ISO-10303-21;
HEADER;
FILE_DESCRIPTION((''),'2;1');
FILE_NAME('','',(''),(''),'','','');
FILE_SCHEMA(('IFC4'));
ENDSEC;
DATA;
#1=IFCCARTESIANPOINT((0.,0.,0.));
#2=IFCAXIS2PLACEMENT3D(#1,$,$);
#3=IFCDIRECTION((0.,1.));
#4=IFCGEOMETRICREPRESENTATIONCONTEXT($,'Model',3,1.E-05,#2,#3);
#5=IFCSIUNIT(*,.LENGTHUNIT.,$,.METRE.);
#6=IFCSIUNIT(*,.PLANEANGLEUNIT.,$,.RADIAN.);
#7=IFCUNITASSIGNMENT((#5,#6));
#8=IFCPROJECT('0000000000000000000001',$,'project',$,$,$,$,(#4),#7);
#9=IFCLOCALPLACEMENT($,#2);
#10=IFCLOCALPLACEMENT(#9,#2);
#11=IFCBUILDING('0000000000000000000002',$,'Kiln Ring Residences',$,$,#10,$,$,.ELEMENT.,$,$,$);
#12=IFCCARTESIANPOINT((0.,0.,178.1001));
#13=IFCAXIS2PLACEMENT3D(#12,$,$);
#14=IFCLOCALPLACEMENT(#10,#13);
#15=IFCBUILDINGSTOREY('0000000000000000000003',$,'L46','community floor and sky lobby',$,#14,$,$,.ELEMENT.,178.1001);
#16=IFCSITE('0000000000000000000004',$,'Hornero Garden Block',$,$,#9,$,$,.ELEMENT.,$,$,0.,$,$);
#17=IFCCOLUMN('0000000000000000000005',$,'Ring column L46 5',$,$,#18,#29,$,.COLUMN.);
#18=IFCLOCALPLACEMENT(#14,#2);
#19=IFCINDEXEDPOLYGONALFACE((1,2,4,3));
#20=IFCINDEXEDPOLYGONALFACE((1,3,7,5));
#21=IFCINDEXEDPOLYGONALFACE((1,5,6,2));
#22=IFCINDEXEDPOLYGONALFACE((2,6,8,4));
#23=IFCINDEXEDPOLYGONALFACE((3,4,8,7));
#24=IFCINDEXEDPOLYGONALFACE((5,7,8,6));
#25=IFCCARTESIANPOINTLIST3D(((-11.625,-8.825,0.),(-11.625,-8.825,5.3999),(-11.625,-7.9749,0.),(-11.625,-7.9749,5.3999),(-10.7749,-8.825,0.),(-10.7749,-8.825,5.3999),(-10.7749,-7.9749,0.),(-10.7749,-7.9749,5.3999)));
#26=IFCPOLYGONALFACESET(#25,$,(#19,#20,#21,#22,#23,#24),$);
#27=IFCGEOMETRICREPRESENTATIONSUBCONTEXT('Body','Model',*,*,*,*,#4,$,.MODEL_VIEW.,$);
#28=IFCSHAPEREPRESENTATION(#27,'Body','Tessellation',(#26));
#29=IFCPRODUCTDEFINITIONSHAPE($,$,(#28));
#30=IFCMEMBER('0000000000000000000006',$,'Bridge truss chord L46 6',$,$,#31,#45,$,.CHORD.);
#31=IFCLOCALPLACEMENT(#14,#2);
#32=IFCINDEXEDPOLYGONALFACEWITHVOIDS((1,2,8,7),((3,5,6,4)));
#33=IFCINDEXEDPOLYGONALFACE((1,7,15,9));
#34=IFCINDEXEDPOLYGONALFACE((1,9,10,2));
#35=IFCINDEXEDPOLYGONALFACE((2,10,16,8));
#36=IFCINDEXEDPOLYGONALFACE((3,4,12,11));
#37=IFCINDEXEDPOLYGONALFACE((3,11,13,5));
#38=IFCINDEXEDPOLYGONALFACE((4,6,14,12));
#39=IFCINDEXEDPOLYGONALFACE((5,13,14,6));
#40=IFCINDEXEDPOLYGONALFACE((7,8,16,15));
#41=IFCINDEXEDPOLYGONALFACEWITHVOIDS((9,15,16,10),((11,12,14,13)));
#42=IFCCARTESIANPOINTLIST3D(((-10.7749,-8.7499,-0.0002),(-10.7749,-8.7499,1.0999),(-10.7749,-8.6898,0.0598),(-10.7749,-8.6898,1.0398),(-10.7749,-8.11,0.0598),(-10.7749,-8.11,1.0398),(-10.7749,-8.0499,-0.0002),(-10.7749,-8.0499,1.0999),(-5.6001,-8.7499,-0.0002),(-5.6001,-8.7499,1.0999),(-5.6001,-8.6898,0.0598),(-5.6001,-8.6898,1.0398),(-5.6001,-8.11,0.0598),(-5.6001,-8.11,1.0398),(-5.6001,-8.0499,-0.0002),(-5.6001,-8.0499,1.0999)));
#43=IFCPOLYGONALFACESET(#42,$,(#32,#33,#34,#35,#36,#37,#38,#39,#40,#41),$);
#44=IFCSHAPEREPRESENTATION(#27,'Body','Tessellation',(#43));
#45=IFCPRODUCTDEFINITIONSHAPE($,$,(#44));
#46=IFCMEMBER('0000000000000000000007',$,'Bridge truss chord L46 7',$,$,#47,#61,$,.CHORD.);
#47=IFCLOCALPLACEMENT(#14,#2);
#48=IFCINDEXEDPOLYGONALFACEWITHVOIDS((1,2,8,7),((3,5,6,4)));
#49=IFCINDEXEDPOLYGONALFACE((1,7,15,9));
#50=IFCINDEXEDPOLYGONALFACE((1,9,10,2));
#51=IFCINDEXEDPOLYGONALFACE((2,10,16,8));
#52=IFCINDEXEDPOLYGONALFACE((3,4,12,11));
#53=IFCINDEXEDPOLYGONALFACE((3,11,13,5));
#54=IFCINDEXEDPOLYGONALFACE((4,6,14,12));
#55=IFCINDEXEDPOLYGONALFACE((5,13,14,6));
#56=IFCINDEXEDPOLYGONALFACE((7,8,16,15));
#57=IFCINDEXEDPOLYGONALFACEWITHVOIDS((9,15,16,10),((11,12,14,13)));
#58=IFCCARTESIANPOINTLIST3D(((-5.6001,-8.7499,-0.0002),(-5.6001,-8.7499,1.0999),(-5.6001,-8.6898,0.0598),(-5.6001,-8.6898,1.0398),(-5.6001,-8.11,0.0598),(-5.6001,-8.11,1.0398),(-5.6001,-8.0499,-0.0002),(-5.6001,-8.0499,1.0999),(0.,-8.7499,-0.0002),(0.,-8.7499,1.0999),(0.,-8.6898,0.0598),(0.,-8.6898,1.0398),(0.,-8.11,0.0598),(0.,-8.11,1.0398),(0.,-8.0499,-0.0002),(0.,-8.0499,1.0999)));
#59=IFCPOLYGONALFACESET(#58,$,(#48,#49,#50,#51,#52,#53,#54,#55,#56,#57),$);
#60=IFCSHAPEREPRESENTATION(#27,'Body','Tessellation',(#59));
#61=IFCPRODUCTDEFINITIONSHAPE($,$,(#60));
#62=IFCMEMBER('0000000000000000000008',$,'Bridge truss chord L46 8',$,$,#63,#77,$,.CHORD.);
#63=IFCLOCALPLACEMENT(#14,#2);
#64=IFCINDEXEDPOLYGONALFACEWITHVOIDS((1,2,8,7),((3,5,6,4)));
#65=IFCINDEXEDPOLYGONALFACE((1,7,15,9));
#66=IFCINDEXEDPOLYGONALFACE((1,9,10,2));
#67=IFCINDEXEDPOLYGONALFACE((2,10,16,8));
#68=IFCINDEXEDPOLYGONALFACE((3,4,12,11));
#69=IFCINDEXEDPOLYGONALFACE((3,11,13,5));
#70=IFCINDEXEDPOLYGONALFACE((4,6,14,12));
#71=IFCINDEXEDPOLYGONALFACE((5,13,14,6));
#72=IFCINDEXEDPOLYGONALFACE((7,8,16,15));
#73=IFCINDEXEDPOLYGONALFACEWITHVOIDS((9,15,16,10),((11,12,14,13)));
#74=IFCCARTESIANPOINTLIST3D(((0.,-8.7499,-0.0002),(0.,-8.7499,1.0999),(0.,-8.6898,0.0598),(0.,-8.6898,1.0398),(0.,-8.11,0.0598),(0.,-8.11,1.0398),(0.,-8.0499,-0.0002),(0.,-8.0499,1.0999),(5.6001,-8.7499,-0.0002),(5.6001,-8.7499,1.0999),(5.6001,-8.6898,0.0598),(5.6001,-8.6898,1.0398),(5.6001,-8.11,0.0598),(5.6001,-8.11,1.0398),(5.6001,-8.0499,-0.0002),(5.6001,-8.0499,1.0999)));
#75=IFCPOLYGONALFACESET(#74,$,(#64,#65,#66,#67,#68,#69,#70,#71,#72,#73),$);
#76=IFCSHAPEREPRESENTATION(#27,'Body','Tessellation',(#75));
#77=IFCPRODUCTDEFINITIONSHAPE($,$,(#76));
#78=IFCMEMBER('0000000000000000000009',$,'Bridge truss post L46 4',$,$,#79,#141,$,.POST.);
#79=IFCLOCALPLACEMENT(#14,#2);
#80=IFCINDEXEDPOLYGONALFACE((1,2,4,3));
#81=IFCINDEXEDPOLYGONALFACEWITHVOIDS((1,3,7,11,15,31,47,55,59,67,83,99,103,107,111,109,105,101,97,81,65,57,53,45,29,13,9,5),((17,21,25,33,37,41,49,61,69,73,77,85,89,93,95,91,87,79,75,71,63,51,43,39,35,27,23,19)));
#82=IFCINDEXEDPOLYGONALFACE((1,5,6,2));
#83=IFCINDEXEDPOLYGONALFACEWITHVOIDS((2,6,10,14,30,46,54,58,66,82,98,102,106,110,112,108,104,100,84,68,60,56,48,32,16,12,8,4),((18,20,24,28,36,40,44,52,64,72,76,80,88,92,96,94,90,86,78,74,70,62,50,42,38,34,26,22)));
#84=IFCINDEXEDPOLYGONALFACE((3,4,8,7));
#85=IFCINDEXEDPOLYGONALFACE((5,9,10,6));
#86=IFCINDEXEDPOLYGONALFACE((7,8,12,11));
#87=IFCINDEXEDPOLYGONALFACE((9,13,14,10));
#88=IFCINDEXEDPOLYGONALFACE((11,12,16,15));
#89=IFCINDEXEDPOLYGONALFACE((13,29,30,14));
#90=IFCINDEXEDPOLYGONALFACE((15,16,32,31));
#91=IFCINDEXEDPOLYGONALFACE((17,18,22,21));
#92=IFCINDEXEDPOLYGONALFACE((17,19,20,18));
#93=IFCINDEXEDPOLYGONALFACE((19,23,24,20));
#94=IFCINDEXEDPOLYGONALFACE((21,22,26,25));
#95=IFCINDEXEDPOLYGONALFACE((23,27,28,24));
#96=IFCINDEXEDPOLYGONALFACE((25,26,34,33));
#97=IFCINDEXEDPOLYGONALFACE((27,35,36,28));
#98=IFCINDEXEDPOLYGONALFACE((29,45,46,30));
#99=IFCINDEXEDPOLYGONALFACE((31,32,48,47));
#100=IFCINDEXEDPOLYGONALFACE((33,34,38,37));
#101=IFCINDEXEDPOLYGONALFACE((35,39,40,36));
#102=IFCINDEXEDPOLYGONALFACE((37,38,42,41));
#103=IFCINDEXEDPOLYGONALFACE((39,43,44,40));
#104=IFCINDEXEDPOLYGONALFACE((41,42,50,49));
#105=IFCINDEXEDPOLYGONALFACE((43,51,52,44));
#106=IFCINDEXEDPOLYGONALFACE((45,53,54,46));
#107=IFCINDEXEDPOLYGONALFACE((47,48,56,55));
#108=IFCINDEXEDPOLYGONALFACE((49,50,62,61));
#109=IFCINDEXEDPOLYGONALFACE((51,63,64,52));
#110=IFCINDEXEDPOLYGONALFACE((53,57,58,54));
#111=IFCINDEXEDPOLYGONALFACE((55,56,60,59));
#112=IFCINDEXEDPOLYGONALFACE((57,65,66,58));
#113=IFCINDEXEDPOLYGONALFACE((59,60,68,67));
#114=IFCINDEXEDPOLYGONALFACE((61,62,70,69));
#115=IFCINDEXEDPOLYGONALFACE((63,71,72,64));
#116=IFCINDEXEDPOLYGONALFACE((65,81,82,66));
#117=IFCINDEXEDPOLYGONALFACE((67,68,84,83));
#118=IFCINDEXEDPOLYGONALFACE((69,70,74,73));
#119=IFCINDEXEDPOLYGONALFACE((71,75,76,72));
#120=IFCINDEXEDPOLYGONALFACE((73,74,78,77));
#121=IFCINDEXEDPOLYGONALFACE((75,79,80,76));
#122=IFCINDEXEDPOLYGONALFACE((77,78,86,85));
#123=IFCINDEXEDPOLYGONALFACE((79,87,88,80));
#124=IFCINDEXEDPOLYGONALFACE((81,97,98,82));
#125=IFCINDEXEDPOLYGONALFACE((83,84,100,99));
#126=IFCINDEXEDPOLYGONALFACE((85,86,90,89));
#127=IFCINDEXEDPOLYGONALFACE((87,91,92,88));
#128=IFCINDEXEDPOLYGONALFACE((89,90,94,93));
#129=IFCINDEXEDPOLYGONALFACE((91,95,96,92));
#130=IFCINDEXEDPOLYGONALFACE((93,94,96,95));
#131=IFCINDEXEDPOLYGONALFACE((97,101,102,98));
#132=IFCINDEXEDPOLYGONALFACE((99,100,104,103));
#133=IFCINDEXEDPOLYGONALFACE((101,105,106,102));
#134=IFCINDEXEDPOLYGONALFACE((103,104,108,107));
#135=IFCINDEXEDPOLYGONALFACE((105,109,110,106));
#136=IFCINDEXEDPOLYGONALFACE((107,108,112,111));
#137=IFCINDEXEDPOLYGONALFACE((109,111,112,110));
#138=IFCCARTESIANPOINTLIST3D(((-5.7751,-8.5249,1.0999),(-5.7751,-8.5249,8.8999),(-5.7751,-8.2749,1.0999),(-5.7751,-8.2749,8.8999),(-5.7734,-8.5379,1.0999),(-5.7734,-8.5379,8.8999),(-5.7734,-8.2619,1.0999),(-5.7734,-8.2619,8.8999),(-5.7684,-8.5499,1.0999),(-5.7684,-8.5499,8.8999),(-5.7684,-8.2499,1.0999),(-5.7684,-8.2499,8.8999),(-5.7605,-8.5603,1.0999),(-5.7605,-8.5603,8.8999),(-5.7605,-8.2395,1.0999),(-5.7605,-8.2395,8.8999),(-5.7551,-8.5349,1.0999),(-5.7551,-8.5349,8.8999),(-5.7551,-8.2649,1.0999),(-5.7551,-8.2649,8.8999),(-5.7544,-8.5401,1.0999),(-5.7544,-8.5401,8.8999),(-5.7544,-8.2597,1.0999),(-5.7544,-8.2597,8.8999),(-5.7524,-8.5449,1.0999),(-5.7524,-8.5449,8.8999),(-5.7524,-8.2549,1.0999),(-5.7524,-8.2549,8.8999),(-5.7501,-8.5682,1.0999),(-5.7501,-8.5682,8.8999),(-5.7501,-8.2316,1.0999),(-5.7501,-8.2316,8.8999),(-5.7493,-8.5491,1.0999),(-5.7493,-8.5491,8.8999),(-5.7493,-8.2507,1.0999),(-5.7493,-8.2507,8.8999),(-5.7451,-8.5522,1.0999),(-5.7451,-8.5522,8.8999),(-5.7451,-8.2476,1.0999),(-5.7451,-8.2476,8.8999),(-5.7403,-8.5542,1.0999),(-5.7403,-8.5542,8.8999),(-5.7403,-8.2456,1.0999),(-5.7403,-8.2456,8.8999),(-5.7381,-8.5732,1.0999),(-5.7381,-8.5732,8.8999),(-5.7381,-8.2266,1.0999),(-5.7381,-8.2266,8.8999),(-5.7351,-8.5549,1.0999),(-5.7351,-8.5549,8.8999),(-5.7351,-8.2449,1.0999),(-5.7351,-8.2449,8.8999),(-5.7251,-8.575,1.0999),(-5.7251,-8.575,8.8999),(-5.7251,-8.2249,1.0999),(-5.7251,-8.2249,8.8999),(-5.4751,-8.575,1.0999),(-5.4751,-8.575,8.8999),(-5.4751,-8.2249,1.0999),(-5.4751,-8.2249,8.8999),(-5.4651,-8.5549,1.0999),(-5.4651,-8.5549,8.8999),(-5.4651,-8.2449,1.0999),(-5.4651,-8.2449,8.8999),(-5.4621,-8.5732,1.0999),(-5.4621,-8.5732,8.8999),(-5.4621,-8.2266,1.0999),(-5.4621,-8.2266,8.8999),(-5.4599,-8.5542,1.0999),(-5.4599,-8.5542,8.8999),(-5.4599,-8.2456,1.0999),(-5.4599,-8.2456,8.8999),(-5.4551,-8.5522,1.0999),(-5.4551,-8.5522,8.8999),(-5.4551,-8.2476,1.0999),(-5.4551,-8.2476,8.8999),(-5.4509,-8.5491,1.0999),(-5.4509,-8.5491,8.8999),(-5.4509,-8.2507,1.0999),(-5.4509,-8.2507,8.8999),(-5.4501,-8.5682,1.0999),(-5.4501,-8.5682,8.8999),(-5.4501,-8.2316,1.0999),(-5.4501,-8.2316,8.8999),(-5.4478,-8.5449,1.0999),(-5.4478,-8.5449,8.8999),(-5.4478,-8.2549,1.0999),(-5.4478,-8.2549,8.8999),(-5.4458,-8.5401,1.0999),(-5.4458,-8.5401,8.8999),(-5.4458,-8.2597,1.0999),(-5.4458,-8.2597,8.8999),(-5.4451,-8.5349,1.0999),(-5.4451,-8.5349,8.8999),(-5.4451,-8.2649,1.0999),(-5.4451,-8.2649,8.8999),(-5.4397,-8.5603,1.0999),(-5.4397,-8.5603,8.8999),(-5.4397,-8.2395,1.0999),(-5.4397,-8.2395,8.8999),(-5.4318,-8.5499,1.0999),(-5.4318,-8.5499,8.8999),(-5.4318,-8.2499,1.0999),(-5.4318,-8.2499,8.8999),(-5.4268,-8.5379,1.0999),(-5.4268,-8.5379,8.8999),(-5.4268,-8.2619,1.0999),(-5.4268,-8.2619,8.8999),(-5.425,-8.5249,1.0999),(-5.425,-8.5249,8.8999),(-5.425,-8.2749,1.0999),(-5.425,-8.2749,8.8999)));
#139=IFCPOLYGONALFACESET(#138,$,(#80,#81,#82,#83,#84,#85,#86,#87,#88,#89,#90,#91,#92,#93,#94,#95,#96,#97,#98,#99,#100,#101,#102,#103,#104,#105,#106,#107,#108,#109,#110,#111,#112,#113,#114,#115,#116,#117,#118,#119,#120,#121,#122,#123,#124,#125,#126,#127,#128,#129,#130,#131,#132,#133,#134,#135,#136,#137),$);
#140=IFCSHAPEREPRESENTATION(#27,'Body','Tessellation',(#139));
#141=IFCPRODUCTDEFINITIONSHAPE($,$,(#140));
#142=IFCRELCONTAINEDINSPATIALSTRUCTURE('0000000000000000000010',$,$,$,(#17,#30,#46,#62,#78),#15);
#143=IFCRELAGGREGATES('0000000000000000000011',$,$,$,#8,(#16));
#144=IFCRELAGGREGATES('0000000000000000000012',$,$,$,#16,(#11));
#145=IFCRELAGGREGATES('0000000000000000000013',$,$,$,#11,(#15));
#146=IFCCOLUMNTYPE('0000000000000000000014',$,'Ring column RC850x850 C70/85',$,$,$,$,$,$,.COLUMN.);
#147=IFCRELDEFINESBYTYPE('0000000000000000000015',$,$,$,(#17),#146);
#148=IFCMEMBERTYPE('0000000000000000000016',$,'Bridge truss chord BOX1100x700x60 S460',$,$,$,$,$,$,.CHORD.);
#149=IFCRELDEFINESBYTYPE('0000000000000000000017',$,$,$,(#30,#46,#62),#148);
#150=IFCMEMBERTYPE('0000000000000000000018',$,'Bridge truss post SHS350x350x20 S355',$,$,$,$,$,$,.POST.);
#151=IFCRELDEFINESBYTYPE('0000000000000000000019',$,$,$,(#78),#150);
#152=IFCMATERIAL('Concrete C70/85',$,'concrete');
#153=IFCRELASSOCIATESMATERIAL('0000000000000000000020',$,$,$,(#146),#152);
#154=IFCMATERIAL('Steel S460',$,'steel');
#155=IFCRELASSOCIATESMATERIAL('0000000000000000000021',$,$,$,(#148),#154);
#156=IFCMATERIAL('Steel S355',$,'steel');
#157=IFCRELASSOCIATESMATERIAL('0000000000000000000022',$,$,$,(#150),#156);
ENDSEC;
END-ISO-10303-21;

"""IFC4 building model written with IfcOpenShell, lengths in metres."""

from ifc_helpers import new_model, si_unit, direction, frame, origin, origin_2d, place, context, subcontext, project, spatial, rectangle, hollow_rectangle, extrude, material, material_profile, profile_set, type_object, element, save


model = new_model("IFC4")

# Units and contexts
model_context = context("Model", 3, precision=1e-05, world=origin(), true_north=direction((0.0, 1.0)))
body_context = subcontext(model_context, "Body", "Model", "MODEL_VIEW")
ifc_project = project(units=[si_unit("LENGTHUNIT", "METRE"), si_unit("PLANEANGLEUNIT", "RADIAN")], contexts=[model_context])

# Site, building, storey
site_placement = place(None, origin())
site = spatial("IfcSite", under=ifc_project, at=site_placement, Name="Hornero Garden Block", CompositionType="ELEMENT", RefElevation=0.0)
building_placement = place(site_placement, origin())
building = spatial("IfcBuilding", under=site, at=building_placement, Name="Kiln Ring Residences", CompositionType="ELEMENT")
storey_placement = place(building_placement, frame((0.0, 0.0, 178.1001)))
storey = spatial("IfcBuildingStorey", under=building, at=storey_placement, Name="L46", Description="community floor and sky lobby", CompositionType="ELEMENT", Elevation=178.1001)

# Column
ifc_material_1 = material(Name="Concrete C70/85", Category="concrete")
ifc_material_profile_1 = material_profile(ifc_material_1, rectangle(XDim=0.8501, YDim=0.8501, at=origin_2d()), Name="RC850x850")
ifc_profile_set_1 = profile_set([ifc_material_profile_1], Name="Concrete C70/85")
column_type = type_object("IfcColumnType", Name="Ring column RC850x850 C70/85", PredefinedType="COLUMN", material=ifc_profile_set_1)
column_placement = place(storey_placement, frame((-11.2, -8.3999, 0.0), z_axis=(0.0, 0.0, 1.0), x_axis=(1.0, 0.0, 0.0)))
element("IfcColumn", 1, at=column_placement, inside=storey, type_object=column_type, Name="Ring column L46 5", PredefinedType="COLUMN", context=body_context, shape_type="SweptSolid", body=[
    extrude(rectangle(XDim=0.8501, YDim=0.8501, at=origin_2d()), origin(), (0.0, 0.0, 1.0), 5.3999),
])

# Members
ifc_material_2 = material(Name="Steel S460", Category="steel")
ifc_material_profile_2 = material_profile(ifc_material_2, hollow_rectangle(XDim=0.7, YDim=1.1001, WallThickness=0.0601, at=origin_2d()), Name="BOX1100x700x60")
ifc_profile_set_2 = profile_set([ifc_material_profile_2], Name="Steel S460")
member_type_1 = type_object("IfcMemberType", Name="Bridge truss chord BOX1100x700x60 S460", PredefinedType="CHORD", material=ifc_profile_set_2)
member_1_placement = place(storey_placement, frame((-10.7749, -8.3999, 0.5498), z_axis=(1.0, 0.0, 0.0), x_axis=(0.0, 1.0, 0.0)))
element("IfcMember", 2, at=member_1_placement, inside=storey, type_object=member_type_1, Name="Bridge truss chord L46 6", PredefinedType="CHORD", context=body_context, shape_type="SweptSolid", body=[
    extrude(hollow_rectangle(XDim=0.7, YDim=1.1001, WallThickness=0.0601, at=origin_2d()), origin(), (0.0, 0.0, 1.0), 5.1748),
])
for number, where, z_axis, x_axis, name in (
    (3, (-5.6001, -8.3999, 0.5498), (1.0, 0.0, 0.0), (0.0, 1.0, 0.0), "Bridge truss chord L46 7"),
    (4, (0.0, -8.3999, 0.5498), (1.0, 0.0, 0.0), (0.0, 1.0, 0.0), "Bridge truss chord L46 8"),
):
    element("IfcMember", number, at=place(storey_placement, frame(where, z_axis=z_axis, x_axis=x_axis)), inside=storey, type_object=member_type_1, Name=name, PredefinedType="CHORD", context=body_context, shape_type="SweptSolid", body=[
        extrude(hollow_rectangle(XDim=0.7, YDim=1.1001, WallThickness=0.0601, at=origin_2d()), origin(), (0.0, 0.0, 1.0), 5.6001),
    ])
ifc_material_3 = material(Name="Steel S355", Category="steel")
ifc_material_profile_3 = material_profile(ifc_material_3, hollow_rectangle(XDim=0.3501, YDim=0.3501, WallThickness=0.02, InnerFilletRadius=0.02, OuterFilletRadius=0.05, at=origin_2d()), Name="SHS350x350x20")
ifc_profile_set_3 = profile_set([ifc_material_profile_3], Name="Steel S355")
member_type_2 = type_object("IfcMemberType", Name="Bridge truss post SHS350x350x20 S355", PredefinedType="POST", material=ifc_profile_set_3)
for number, where, z_axis, x_axis, name in (
    (5, (-5.6001, -8.3999, 1.0999), (0.0, 0.0, 1.0), (1.0, 0.0, 0.0), "Bridge truss post L46 4"),
):
    element("IfcMember", number, at=place(storey_placement, frame(where, z_axis=z_axis, x_axis=x_axis)), inside=storey, type_object=member_type_2, Name=name, PredefinedType="POST", context=body_context, shape_type="SweptSolid", body=[
        extrude(hollow_rectangle(XDim=0.3501, YDim=0.3501, WallThickness=0.02, InnerFilletRadius=0.02, OuterFilletRadius=0.05, at=origin_2d()), origin(), (0.0, 0.0, 1.0), 7.8),
    ])

save(model, "model.ifc")
